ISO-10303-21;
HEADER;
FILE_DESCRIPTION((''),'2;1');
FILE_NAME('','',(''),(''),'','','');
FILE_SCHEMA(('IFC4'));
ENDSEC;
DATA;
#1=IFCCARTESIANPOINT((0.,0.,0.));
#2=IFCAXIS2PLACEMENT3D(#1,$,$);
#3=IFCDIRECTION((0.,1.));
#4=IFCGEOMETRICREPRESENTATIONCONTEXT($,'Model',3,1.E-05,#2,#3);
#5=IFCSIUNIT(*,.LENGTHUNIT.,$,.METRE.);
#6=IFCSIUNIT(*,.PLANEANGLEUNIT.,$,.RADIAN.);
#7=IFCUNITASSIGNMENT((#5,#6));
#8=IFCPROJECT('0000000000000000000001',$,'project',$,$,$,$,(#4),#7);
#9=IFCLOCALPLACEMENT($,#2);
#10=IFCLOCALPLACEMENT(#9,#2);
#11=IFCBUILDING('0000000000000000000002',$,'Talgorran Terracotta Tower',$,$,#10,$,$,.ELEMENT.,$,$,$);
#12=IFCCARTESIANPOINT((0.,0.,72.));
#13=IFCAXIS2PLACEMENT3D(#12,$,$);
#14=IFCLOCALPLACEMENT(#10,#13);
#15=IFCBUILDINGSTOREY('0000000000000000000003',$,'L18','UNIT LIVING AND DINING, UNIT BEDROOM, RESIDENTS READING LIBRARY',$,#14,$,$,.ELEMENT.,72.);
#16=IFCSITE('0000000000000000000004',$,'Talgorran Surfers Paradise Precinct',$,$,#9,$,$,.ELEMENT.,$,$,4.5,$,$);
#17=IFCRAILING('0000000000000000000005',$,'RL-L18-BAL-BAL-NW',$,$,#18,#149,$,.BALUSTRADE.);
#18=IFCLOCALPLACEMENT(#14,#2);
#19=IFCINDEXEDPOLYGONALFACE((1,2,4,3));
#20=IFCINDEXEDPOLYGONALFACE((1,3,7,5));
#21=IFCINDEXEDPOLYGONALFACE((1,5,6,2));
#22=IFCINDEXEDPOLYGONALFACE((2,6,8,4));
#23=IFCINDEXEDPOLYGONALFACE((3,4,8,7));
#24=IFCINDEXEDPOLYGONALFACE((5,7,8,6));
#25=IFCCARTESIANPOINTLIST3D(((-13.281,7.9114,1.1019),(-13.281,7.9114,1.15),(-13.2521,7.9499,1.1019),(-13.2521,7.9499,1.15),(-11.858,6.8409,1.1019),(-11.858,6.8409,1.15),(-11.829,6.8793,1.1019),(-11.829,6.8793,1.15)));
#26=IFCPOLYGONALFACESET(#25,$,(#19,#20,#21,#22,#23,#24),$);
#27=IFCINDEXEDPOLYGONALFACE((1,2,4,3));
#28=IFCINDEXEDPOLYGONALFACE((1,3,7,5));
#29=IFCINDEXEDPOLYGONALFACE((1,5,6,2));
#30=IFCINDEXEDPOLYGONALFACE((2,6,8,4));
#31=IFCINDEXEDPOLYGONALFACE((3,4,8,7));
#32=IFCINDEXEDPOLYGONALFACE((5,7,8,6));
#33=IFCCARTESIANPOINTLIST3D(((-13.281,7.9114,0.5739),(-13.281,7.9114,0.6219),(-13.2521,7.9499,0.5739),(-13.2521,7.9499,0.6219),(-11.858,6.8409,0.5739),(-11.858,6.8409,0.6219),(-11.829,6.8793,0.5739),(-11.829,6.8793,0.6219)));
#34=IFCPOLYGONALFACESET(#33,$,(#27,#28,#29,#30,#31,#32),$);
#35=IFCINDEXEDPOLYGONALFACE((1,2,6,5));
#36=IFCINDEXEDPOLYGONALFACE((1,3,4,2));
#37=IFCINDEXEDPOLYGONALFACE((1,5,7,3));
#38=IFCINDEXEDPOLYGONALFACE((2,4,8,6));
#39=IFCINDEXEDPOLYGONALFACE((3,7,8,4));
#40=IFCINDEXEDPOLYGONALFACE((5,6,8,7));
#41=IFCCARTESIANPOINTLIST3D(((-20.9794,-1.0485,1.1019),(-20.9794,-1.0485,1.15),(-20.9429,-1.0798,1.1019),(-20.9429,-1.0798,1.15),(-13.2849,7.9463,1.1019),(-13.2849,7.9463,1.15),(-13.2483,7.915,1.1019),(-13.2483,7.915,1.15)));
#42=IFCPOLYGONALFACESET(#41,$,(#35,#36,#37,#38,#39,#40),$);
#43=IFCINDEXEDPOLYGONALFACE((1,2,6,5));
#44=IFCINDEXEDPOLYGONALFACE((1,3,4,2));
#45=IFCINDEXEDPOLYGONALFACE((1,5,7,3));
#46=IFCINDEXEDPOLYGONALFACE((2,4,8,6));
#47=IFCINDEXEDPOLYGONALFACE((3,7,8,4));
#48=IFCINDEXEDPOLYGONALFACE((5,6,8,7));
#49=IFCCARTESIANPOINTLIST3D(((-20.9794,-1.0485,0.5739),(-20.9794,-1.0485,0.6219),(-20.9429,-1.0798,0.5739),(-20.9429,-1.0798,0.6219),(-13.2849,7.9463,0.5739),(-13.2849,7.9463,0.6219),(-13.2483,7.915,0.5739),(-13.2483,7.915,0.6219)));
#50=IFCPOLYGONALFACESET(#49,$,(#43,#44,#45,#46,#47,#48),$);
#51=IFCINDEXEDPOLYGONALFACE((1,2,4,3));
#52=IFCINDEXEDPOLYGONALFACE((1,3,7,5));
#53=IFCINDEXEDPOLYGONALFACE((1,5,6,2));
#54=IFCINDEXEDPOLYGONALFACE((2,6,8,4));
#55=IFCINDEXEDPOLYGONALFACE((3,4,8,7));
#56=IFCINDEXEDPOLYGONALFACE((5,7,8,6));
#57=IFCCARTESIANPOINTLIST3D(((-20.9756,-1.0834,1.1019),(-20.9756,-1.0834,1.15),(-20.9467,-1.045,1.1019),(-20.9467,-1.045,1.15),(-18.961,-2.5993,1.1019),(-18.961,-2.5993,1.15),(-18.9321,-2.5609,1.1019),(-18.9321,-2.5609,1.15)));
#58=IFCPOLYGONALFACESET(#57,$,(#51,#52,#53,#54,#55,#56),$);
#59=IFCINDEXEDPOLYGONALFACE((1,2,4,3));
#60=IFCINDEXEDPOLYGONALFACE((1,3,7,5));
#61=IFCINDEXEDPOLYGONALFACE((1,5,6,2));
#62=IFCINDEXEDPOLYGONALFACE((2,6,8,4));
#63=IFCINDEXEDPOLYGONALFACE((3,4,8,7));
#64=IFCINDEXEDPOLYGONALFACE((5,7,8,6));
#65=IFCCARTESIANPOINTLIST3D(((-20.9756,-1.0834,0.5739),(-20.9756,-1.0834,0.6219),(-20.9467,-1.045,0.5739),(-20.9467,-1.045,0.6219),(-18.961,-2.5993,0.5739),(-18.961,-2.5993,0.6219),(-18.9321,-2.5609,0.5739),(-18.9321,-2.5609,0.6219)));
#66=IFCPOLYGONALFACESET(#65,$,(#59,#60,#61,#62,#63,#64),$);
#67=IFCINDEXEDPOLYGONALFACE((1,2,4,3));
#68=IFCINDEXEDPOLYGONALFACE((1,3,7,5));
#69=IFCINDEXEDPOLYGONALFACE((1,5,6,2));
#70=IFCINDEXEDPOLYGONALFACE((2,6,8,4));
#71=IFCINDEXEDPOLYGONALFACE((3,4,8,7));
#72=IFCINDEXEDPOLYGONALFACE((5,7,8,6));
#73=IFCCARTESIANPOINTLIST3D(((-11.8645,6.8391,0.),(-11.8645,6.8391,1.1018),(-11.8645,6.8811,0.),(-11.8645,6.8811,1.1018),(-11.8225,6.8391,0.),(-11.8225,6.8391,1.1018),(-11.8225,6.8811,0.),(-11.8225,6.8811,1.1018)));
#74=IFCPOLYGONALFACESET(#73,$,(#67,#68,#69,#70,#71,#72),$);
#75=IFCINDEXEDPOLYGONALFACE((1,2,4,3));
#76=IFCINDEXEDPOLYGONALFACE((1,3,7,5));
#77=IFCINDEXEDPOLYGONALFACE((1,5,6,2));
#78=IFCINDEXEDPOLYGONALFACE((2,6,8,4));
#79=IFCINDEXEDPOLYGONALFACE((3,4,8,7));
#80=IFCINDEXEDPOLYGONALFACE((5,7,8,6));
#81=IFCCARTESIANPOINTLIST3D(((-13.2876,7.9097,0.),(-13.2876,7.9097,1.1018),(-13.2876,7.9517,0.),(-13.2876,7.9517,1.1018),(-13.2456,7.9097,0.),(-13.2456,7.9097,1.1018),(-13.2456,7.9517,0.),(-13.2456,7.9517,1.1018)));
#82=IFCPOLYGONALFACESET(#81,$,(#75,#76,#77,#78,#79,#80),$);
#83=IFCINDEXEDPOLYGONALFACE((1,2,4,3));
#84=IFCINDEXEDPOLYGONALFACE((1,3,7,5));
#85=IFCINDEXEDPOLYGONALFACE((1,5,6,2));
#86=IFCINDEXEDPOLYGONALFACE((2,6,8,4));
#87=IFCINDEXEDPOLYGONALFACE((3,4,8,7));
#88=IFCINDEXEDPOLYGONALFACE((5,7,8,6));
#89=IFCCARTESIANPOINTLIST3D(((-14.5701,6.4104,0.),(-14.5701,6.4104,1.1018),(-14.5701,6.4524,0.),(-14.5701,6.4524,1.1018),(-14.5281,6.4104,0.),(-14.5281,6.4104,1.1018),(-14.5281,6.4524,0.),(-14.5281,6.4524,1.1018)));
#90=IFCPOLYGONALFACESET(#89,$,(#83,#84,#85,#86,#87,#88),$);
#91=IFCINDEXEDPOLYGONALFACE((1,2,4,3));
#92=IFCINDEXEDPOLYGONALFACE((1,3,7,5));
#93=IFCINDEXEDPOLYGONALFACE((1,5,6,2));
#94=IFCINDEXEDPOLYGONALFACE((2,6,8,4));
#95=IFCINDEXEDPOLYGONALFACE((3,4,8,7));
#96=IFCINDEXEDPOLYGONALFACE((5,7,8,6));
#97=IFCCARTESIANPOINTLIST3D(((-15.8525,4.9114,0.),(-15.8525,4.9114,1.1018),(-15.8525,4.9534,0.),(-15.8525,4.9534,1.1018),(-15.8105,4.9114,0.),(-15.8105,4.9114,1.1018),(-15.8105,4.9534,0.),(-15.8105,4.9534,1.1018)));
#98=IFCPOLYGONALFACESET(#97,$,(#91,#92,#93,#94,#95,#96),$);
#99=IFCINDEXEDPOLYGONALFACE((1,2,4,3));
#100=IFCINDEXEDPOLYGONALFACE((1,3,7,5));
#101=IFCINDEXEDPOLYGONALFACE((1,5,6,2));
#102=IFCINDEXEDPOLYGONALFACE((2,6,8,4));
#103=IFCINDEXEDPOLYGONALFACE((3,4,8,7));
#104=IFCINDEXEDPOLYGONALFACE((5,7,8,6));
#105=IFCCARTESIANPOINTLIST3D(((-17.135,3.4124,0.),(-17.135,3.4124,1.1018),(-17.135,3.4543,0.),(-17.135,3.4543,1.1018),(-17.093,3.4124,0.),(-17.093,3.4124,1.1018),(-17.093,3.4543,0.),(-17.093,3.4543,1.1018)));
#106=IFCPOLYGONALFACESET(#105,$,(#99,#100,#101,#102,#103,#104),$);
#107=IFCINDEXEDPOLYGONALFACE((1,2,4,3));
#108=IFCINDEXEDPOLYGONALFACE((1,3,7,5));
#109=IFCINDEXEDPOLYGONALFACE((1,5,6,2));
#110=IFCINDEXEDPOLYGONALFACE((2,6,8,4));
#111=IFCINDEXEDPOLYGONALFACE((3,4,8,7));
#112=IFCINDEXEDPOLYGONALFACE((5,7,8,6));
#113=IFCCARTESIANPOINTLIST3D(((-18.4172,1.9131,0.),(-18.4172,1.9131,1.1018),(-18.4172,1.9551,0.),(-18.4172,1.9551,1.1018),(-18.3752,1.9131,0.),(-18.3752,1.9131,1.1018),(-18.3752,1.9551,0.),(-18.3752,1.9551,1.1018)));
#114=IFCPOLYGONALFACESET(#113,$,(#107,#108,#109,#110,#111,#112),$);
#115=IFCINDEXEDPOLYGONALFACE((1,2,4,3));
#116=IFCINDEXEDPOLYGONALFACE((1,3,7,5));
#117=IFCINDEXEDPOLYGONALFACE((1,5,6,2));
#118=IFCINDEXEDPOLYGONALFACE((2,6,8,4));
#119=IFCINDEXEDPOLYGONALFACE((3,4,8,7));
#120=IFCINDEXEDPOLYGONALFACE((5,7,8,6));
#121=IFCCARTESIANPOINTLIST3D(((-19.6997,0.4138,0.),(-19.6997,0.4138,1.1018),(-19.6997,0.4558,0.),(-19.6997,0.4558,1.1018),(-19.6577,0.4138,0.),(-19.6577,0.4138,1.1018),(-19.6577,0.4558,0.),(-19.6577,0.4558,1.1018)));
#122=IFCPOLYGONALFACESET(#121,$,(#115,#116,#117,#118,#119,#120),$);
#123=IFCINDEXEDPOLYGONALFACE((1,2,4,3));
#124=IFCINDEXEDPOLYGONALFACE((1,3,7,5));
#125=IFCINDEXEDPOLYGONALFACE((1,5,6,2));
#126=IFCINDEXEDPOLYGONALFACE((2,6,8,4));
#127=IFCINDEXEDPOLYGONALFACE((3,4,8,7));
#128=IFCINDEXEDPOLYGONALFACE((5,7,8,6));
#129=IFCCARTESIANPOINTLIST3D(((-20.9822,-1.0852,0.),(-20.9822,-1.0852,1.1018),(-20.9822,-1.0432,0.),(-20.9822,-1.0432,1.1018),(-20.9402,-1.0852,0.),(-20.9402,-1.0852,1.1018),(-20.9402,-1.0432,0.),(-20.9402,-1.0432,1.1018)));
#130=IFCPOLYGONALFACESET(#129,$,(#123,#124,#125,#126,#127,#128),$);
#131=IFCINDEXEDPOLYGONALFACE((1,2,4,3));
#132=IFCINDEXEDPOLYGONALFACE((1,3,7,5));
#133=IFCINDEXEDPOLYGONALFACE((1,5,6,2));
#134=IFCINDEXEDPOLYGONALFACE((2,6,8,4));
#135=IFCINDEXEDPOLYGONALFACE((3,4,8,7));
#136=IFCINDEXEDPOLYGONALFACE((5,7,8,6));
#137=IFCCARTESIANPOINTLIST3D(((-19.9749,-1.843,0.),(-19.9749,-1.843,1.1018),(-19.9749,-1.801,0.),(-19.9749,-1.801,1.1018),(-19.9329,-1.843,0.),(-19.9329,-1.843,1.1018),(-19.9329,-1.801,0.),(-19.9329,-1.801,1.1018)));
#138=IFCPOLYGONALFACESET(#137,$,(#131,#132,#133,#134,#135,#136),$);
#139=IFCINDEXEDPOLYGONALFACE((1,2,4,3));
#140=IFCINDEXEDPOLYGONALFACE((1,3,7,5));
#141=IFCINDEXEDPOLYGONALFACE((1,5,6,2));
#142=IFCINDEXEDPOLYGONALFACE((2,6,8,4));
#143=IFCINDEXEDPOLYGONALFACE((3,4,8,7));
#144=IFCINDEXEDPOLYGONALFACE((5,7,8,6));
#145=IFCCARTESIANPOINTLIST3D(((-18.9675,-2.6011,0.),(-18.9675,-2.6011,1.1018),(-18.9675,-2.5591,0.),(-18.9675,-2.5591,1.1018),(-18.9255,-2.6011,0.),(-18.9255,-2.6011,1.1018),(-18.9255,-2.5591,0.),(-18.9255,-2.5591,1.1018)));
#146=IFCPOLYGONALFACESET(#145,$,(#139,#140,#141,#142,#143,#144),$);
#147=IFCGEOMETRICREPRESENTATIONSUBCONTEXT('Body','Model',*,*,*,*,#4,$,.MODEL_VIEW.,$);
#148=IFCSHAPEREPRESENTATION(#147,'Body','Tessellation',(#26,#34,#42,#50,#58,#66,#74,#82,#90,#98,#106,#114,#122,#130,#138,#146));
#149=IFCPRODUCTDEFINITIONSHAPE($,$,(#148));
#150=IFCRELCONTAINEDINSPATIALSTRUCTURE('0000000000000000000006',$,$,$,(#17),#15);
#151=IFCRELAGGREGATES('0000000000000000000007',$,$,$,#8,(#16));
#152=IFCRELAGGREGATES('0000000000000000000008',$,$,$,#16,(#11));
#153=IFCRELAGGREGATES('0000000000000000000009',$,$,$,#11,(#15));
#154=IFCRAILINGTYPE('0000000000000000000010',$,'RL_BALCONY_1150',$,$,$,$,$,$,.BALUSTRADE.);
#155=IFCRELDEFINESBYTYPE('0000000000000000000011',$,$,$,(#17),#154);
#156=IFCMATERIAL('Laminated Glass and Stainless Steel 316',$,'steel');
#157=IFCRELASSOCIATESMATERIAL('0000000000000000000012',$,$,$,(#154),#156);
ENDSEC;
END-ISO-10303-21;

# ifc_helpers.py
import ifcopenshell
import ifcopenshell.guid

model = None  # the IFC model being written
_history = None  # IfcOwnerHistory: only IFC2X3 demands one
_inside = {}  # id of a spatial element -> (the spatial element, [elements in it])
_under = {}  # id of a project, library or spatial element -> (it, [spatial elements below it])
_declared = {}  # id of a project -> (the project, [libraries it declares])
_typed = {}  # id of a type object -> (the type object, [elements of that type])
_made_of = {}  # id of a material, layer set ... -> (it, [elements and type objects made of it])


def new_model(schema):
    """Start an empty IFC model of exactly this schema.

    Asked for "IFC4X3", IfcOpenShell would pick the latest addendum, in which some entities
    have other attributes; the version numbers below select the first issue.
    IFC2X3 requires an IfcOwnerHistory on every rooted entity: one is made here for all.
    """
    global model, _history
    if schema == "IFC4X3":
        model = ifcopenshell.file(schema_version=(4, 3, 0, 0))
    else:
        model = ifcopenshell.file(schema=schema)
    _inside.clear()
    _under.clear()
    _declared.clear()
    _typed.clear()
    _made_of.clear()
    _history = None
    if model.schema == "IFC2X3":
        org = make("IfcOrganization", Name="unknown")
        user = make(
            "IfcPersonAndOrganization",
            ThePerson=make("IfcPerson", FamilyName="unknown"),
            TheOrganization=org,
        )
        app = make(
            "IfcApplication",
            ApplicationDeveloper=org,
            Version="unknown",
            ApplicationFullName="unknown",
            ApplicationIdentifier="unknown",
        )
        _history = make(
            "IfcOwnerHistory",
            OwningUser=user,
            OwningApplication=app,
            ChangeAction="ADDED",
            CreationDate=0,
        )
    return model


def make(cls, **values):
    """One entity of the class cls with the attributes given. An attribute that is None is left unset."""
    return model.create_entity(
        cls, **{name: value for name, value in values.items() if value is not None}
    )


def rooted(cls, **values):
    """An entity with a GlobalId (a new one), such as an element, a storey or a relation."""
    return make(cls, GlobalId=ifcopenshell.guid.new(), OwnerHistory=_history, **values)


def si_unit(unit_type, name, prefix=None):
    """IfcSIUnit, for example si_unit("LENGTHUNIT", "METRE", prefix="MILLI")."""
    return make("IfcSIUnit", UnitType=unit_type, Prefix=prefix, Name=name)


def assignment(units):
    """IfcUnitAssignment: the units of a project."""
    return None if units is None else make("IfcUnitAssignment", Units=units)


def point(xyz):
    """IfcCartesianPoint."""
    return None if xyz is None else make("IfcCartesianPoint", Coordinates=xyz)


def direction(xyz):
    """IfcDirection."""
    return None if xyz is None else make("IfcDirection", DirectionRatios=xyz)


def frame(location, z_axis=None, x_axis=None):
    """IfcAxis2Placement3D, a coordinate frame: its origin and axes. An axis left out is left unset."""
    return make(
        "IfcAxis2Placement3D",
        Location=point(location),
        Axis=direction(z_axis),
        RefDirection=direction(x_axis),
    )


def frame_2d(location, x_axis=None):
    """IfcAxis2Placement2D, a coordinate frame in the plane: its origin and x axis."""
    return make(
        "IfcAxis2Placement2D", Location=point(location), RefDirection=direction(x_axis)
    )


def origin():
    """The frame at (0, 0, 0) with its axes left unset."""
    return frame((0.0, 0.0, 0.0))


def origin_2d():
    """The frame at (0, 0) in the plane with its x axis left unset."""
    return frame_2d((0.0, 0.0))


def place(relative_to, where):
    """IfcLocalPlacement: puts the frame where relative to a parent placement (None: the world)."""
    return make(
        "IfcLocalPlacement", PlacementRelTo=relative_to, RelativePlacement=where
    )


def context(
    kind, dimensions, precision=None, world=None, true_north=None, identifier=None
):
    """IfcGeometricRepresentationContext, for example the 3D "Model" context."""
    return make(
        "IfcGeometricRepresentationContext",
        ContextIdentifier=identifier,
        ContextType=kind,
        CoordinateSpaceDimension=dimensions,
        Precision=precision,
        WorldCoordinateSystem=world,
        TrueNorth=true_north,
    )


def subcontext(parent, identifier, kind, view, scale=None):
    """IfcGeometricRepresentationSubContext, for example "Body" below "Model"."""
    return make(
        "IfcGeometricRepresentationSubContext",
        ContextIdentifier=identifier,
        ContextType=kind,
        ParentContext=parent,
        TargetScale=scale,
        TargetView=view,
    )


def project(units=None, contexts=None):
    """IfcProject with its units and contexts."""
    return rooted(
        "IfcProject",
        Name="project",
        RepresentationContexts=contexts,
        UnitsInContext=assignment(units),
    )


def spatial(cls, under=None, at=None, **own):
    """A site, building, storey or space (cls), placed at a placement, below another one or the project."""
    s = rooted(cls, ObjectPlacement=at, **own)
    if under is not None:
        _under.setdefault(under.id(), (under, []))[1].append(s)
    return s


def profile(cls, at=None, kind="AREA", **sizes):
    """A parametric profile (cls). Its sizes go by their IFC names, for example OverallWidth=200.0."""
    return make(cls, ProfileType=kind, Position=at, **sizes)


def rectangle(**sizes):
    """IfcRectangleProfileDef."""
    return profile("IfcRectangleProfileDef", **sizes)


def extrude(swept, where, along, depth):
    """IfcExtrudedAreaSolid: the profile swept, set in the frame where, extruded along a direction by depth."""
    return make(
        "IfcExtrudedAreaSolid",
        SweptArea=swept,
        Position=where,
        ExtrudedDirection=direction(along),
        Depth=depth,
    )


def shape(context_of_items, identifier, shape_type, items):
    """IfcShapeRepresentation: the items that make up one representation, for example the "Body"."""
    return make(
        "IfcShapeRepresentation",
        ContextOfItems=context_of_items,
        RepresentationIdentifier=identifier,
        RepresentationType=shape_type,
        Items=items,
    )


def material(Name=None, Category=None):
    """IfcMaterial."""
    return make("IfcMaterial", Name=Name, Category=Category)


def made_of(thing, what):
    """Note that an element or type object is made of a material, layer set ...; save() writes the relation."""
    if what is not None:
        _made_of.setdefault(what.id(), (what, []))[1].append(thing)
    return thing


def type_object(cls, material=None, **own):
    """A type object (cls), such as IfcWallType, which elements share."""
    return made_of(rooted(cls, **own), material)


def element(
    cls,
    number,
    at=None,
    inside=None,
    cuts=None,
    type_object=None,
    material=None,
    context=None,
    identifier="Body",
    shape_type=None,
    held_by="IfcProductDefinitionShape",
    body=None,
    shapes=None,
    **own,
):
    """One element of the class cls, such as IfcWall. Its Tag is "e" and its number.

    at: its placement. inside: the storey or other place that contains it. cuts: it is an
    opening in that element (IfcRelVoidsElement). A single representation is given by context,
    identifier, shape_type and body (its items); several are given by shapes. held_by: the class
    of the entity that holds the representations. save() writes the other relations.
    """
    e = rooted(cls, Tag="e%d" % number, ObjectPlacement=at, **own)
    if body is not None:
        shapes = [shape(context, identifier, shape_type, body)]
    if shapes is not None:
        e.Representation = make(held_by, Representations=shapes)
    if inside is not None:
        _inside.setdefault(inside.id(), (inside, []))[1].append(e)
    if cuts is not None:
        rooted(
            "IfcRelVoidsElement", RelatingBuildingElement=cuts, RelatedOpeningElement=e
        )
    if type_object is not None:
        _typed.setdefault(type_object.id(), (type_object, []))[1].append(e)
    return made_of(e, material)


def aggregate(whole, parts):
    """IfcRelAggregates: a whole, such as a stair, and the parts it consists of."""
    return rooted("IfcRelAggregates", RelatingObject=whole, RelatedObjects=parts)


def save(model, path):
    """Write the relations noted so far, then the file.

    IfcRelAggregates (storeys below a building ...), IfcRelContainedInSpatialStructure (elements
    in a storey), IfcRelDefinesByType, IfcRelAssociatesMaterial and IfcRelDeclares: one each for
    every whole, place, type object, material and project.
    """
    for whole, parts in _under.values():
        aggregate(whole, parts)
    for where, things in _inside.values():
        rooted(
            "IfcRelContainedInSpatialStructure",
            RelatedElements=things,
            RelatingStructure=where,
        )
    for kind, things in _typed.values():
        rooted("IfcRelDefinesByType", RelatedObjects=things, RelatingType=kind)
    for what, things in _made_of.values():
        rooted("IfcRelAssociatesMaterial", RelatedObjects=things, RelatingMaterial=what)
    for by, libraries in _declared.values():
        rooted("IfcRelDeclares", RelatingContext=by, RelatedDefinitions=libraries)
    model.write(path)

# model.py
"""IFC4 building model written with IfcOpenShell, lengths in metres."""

from ifc_helpers import new_model, si_unit, direction, frame, origin, origin_2d, place, context, subcontext, project, spatial, rectangle, extrude, material, type_object, element, save


model = new_model("IFC4")

# Units and contexts
model_context = context("Model", 3, precision=1e-05, world=origin(), true_north=direction((0.0, 1.0)))
body_context = subcontext(model_context, "Body", "Model", "MODEL_VIEW")
ifc_project = project(units=[si_unit("LENGTHUNIT", "METRE"), si_unit("PLANEANGLEUNIT", "RADIAN")], contexts=[model_context])

# Site, building, storey
site_placement = place(None, origin())
site = spatial("IfcSite", under=ifc_project, at=site_placement, Name="Talgorran Surfers Paradise Precinct", CompositionType="ELEMENT", RefElevation=4.5)
building_placement = place(site_placement, origin())
building = spatial("IfcBuilding", under=site, at=building_placement, Name="Talgorran Terracotta Tower", CompositionType="ELEMENT")
storey_placement = place(building_placement, frame((0.0, 0.0, 72.0)))
storey = spatial("IfcBuildingStorey", under=building, at=storey_placement, Name="L18", Description="UNIT LIVING AND DINING, UNIT BEDROOM, RESIDENTS READING LIBRARY", CompositionType="ELEMENT", Elevation=72.0)

# Railing
ifc_material_1 = material(Name="Laminated Glass and Stainless Steel 316", Category="steel")
railing_type = type_object("IfcRailingType", Name="RL_BALCONY_1150", PredefinedType="BALUSTRADE", material=ifc_material_1)
railing_placement = place(storey_placement, frame((-11.8435, 6.8601, 0.0)))
element("IfcRailing", 1, at=railing_placement, inside=storey, type_object=railing_type, Name="RL-L18-BAL-BAL-NW", PredefinedType="BALUSTRADE", context=body_context, shape_type="SweptSolid", body=[
    extrude(rectangle(XDim=0.0481, YDim=0.0481, at=origin_2d()), frame((0.0, 0.0, 1.126), z_axis=(-0.799127, 0.601162, 0.0), x_axis=(-0.601162, -0.799127, 0.0)), (0.0, 0.0, 1.0), 1.7808),
    extrude(rectangle(XDim=0.0481, YDim=0.0481, at=origin_2d()), frame((0.0, 0.0, 0.5979), z_axis=(-0.799127, 0.601162, 0.0), x_axis=(-0.601162, -0.799127, 0.0)), (0.0, 0.0, 1.0), 1.7808),
    extrude(rectangle(XDim=0.0481, YDim=0.0481, at=origin_2d()), frame((-1.4231, 1.0706, 1.126), z_axis=(-0.650045, -0.759895, 0.0), x_axis=(0.759895, -0.650045, 0.0)), (0.0, 0.0, 1.0), 11.8369),
    extrude(rectangle(XDim=0.0481, YDim=0.0481, at=origin_2d()), frame((-1.4231, 1.0706, 0.5979), z_axis=(-0.650045, -0.759895, 0.0), x_axis=(0.759895, -0.650045, 0.0)), (0.0, 0.0, 1.0), 11.8369),
    extrude(rectangle(XDim=0.0481, YDim=0.0481, at=origin_2d()), frame((-9.1177, -7.9243, 1.126), z_axis=(0.799069, -0.601239, 0.0), x_axis=(0.601239, 0.799069, 0.0)), (0.0, 0.0, 1.0), 2.5212),
    extrude(rectangle(XDim=0.0481, YDim=0.0481, at=origin_2d()), frame((-9.1177, -7.9243, 0.5979), z_axis=(0.799069, -0.601239, 0.0), x_axis=(0.601239, 0.799069, 0.0)), (0.0, 0.0, 1.0), 2.5212),
    extrude(rectangle(XDim=0.042, YDim=0.042, at=origin_2d()), origin(), (0.0, 0.0, 1.0), 1.1018),
    extrude(rectangle(XDim=0.042, YDim=0.042, at=origin_2d()), frame((-1.4231, 1.0706, 0.0)), (0.0, 0.0, 1.0), 1.1018),
    extrude(rectangle(XDim=0.042, YDim=0.042, at=origin_2d()), frame((-2.7056, -0.4287, 0.0)), (0.0, 0.0, 1.0), 1.1018),
    extrude(rectangle(XDim=0.042, YDim=0.042, at=origin_2d()), frame((-3.988, -1.9277, 0.0)), (0.0, 0.0, 1.0), 1.1018),
    extrude(rectangle(XDim=0.042, YDim=0.042, at=origin_2d()), frame((-5.2705, -3.4268, 0.0)), (0.0, 0.0, 1.0), 1.1018),
    extrude(rectangle(XDim=0.042, YDim=0.042, at=origin_2d()), frame((-6.5527, -4.926, 0.0)), (0.0, 0.0, 1.0), 1.1018),
    extrude(rectangle(XDim=0.042, YDim=0.042, at=origin_2d()), frame((-7.8352, -6.4253, 0.0)), (0.0, 0.0, 1.0), 1.1018),
    extrude(rectangle(XDim=0.042, YDim=0.042, at=origin_2d()), frame((-9.1177, -7.9243, 0.0)), (0.0, 0.0, 1.0), 1.1018),
    extrude(rectangle(XDim=0.042, YDim=0.042, at=origin_2d()), frame((-8.1104, -8.6821, 0.0)), (0.0, 0.0, 1.0), 1.1018),
    extrude(rectangle(XDim=0.042, YDim=0.042, at=origin_2d()), frame((-7.103, -9.4402, 0.0)), (0.0, 0.0, 1.0), 1.1018),
])

save(model, "model.ifc")
